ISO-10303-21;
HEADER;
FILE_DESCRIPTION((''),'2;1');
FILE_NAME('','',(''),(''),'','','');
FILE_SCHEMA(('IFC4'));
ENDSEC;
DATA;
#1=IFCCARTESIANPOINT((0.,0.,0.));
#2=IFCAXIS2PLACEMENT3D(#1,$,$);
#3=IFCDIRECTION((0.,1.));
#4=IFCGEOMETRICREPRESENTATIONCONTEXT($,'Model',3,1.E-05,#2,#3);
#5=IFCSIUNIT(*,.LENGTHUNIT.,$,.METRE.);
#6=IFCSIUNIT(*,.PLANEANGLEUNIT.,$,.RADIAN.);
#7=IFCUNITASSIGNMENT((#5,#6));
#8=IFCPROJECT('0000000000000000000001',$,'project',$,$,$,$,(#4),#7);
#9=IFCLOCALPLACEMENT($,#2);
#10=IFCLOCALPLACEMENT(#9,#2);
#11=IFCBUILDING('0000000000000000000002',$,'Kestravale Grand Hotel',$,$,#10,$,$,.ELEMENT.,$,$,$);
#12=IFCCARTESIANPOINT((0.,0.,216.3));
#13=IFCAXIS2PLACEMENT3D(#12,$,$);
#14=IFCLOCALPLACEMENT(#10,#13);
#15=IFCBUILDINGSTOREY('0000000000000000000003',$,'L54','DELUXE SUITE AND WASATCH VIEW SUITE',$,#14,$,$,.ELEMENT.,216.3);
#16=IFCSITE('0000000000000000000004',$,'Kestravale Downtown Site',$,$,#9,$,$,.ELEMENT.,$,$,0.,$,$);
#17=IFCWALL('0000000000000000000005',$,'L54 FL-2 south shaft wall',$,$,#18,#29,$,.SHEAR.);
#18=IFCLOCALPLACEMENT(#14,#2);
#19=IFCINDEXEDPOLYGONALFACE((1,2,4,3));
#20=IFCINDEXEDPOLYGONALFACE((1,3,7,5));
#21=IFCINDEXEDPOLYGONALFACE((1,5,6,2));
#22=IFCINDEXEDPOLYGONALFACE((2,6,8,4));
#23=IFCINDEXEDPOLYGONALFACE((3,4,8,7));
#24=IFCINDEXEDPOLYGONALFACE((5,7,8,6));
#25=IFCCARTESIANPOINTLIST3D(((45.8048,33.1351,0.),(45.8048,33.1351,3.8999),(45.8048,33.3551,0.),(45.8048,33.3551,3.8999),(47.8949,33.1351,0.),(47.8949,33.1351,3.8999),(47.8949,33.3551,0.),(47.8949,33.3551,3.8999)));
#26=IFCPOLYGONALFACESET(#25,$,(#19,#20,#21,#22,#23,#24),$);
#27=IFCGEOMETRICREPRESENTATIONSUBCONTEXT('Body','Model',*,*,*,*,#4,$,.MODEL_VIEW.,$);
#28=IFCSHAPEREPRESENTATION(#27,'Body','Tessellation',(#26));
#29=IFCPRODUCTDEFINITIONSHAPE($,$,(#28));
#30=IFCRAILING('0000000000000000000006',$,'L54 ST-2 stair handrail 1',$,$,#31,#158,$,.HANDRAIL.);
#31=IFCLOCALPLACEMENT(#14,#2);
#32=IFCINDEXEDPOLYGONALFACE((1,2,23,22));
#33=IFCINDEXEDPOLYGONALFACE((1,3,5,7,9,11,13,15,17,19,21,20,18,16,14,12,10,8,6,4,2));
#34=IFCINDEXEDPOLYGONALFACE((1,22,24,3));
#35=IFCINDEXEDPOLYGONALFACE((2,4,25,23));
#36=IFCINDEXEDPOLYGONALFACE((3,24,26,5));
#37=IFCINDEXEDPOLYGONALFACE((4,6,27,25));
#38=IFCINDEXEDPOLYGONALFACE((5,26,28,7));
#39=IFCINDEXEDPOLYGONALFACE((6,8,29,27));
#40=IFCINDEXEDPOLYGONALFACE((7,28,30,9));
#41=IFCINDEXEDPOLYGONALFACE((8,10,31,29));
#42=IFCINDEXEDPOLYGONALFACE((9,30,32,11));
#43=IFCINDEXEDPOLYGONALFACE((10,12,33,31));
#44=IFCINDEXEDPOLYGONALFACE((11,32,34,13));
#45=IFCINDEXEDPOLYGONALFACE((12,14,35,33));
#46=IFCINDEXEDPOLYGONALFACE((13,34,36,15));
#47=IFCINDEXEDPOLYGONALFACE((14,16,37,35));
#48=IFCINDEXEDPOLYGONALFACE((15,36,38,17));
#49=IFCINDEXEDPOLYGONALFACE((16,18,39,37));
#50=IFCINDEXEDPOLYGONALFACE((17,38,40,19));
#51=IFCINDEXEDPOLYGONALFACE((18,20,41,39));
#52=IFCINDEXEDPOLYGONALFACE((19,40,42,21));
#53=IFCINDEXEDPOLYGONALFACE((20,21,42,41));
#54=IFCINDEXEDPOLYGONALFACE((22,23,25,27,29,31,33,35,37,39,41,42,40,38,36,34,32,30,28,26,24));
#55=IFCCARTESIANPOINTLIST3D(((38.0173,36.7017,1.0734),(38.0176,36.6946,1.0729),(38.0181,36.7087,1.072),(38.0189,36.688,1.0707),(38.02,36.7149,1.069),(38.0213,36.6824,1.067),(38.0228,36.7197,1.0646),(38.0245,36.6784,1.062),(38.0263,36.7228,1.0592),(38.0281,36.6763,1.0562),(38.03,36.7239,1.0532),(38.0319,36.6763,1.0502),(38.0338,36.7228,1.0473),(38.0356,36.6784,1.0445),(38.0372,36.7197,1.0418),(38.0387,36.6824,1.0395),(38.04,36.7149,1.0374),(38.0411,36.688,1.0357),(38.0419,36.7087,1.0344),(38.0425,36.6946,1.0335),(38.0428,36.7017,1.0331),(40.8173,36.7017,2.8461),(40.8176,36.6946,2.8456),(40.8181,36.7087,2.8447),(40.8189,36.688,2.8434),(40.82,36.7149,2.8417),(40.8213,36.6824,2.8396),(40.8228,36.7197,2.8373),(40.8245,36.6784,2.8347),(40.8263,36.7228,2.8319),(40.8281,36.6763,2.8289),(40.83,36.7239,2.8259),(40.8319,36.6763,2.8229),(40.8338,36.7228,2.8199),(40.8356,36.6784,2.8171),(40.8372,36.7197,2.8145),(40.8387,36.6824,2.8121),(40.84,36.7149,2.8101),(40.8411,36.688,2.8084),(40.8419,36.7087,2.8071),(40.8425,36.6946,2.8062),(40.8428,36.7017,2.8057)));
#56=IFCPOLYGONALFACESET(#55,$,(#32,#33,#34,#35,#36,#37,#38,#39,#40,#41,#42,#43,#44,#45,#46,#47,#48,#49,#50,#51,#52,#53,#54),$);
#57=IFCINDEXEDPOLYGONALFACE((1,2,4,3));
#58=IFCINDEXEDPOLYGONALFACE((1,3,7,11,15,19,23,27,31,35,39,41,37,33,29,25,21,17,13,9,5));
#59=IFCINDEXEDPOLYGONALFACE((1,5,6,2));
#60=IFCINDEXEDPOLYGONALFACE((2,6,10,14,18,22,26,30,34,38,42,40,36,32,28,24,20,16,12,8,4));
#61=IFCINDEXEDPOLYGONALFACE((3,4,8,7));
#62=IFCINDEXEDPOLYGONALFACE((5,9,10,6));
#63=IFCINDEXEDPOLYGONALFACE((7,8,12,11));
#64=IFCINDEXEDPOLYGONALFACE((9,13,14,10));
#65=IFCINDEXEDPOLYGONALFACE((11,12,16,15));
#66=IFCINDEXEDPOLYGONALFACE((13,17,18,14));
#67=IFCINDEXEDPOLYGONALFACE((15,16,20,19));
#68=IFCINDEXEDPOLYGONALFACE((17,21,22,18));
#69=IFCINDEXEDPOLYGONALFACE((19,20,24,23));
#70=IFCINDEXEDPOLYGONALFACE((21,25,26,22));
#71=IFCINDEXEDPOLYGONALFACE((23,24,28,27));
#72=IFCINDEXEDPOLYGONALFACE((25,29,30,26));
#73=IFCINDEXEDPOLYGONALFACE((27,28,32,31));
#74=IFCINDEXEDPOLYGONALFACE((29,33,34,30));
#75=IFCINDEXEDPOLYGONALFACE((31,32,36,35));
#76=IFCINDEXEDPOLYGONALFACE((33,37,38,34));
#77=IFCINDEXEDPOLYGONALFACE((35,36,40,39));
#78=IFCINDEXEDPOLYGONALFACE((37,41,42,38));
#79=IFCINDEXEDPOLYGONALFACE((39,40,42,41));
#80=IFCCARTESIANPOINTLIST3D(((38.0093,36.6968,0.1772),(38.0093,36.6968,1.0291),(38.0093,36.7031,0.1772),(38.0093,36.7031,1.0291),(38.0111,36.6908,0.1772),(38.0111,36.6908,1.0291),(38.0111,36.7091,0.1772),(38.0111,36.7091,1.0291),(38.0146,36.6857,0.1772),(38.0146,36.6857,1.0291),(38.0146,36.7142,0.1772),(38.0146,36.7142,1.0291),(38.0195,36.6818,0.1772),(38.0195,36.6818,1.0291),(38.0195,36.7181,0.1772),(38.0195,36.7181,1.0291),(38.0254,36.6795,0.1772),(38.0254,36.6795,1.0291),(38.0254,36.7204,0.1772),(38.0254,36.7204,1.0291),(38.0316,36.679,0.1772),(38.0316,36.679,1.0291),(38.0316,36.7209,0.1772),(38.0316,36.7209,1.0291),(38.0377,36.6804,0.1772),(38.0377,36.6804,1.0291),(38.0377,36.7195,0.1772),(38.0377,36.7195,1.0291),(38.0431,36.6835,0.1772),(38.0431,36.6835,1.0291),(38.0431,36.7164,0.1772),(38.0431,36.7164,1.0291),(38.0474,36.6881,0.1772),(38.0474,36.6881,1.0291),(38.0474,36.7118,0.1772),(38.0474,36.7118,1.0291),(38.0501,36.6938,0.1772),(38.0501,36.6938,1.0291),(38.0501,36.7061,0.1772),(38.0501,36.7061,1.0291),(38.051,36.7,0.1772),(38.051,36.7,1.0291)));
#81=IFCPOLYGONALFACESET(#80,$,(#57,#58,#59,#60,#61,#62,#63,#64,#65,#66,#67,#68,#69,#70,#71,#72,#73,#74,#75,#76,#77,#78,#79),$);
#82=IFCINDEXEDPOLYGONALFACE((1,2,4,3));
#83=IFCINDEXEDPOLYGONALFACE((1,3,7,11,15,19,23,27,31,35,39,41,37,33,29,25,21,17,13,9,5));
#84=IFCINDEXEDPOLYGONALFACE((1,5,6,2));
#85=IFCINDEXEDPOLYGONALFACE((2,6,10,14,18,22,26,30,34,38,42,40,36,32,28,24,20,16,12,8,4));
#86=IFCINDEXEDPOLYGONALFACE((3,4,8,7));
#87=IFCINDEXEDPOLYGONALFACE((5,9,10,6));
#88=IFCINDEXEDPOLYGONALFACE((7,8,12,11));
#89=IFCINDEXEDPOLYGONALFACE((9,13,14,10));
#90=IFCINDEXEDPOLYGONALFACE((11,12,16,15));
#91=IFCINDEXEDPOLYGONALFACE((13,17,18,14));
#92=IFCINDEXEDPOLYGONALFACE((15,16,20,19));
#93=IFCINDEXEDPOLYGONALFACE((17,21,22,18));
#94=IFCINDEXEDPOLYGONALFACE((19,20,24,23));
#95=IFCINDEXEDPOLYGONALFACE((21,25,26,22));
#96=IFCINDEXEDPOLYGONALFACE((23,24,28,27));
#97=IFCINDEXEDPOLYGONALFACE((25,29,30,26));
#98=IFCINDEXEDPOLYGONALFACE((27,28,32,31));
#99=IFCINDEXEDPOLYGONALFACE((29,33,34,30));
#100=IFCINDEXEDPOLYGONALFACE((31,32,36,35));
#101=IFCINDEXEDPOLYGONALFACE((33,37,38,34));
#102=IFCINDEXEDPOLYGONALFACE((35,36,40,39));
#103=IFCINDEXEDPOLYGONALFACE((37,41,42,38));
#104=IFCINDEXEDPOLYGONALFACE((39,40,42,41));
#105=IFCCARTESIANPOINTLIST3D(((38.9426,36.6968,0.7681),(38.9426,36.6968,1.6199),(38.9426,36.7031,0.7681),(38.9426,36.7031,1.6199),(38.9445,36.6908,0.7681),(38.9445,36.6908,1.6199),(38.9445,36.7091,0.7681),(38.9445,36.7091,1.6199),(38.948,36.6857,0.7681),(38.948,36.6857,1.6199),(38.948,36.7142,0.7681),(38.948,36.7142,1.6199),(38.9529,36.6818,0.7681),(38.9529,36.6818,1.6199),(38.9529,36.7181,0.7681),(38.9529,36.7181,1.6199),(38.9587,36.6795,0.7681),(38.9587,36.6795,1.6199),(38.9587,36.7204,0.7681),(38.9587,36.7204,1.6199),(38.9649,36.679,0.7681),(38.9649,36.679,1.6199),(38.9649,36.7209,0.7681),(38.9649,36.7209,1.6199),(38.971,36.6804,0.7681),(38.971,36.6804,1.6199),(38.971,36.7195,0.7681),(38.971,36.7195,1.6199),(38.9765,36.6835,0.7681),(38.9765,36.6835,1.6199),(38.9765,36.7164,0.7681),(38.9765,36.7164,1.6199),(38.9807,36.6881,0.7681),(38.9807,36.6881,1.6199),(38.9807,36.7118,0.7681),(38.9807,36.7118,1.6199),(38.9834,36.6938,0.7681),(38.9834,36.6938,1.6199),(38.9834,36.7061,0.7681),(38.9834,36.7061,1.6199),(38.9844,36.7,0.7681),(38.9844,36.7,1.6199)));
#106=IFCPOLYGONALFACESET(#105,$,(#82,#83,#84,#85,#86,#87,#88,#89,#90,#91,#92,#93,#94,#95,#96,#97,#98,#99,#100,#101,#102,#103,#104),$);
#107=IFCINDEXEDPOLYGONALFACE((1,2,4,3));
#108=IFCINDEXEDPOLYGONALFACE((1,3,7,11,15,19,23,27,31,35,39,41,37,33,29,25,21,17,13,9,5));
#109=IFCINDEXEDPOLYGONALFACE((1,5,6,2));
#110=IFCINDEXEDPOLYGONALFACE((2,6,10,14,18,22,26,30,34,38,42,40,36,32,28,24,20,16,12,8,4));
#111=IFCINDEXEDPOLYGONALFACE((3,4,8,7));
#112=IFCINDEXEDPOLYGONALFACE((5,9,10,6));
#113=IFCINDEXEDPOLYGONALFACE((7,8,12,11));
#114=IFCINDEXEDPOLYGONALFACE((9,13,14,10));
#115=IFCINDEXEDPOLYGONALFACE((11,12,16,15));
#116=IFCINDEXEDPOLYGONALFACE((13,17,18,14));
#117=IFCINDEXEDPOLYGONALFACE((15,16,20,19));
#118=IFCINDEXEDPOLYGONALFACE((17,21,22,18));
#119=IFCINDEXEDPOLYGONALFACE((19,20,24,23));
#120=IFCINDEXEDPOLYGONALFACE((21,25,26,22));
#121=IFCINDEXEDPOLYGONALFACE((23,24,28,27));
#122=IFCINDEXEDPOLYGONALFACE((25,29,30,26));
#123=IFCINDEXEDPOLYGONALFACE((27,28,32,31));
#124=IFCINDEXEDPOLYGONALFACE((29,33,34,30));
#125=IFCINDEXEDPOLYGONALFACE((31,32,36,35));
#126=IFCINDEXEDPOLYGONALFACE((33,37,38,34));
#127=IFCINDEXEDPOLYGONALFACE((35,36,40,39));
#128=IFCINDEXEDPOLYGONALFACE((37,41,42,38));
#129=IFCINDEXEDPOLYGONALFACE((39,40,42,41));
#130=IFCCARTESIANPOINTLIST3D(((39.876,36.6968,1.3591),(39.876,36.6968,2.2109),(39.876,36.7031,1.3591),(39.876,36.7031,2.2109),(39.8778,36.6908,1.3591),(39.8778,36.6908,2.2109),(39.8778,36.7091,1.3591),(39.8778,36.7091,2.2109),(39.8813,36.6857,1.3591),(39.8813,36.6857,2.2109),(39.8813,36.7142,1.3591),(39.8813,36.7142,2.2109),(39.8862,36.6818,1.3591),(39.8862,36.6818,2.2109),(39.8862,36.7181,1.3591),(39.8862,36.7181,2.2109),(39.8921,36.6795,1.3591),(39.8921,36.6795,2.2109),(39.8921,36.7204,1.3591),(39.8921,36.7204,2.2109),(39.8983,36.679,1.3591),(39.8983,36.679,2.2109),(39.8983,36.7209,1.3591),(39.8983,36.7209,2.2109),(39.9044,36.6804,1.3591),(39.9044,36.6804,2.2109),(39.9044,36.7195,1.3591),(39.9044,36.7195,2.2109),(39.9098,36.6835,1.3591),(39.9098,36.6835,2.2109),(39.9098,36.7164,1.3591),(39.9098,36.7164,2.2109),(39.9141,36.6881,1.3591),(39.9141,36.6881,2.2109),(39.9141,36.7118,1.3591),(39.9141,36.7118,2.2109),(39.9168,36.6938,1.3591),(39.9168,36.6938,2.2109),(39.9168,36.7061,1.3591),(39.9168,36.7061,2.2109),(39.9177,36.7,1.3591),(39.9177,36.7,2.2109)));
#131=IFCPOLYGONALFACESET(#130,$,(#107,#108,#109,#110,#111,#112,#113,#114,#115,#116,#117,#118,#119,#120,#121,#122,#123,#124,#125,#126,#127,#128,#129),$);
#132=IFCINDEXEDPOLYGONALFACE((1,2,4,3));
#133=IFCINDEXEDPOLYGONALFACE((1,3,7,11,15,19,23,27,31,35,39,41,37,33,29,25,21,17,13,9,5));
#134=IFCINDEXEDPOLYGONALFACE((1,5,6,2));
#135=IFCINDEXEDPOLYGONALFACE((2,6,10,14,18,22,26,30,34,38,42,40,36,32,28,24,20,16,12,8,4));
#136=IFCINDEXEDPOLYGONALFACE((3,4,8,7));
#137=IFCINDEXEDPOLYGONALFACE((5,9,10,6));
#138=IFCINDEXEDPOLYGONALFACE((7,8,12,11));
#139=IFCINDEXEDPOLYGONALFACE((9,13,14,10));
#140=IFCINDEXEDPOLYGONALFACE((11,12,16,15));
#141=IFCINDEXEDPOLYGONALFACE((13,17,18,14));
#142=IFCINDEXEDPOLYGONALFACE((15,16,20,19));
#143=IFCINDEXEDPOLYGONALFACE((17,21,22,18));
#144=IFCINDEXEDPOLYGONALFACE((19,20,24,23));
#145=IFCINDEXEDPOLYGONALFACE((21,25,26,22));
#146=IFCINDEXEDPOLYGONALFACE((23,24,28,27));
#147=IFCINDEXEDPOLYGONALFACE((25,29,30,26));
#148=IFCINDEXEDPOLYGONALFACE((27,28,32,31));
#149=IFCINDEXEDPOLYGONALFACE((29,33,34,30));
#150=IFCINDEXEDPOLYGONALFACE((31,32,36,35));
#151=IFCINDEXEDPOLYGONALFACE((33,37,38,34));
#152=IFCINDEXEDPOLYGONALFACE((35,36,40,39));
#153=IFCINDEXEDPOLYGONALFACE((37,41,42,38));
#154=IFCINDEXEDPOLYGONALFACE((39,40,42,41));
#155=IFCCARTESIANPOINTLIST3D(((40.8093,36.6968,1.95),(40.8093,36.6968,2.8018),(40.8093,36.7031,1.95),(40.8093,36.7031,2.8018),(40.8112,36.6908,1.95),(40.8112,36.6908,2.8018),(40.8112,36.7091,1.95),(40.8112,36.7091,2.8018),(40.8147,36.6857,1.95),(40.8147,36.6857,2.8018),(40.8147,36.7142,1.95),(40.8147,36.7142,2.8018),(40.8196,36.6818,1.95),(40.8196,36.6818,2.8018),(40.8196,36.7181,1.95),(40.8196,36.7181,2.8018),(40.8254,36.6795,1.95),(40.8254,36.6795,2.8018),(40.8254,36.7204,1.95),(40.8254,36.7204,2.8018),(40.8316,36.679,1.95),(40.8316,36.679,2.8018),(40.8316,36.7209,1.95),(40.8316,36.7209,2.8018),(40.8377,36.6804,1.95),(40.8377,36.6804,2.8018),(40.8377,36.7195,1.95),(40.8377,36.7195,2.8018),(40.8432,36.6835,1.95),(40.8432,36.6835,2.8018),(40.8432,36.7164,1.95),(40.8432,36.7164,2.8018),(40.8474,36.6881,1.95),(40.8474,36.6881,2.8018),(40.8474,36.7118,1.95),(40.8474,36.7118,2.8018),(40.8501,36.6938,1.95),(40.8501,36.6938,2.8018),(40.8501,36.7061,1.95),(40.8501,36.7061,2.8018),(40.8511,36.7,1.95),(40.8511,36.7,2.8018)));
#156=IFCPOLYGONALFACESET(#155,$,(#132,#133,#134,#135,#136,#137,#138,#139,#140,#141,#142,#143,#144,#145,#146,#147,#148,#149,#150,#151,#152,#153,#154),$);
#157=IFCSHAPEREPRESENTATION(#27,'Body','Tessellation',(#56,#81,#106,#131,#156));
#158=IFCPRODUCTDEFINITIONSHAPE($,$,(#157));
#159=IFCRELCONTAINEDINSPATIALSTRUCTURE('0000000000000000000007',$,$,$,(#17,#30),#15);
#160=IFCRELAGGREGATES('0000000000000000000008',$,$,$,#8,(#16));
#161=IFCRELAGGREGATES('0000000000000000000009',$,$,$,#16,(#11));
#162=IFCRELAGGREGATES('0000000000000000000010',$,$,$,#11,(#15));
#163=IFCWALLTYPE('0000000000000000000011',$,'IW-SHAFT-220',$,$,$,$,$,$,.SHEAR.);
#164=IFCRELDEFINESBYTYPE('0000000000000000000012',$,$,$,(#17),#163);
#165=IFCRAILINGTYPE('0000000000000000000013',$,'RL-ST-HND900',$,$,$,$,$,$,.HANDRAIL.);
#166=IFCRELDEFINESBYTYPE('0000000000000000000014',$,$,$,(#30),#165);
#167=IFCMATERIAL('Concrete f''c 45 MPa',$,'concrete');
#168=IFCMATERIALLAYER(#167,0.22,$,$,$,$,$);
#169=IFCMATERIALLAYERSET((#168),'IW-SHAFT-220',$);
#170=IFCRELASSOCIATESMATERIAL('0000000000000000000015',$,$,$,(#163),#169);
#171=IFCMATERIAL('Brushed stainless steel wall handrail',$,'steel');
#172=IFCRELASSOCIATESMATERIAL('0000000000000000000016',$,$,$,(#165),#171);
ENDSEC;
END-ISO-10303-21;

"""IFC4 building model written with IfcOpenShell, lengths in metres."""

from ifc_helpers import new_model, si_unit, direction, frame, frame_2d, origin, origin_2d, place, context, subcontext, project, spatial, rectangle, circle, extrude, material, layer, layer_set, type_object, element, save


model = new_model("IFC4")

# Units and contexts
model_context = context("Model", 3, precision=1e-05, world=origin(), true_north=direction((0.0, 1.0)))
body_context = subcontext(model_context, "Body", "Model", "MODEL_VIEW")
ifc_project = project(units=[si_unit("LENGTHUNIT", "METRE"), si_unit("PLANEANGLEUNIT", "RADIAN")], contexts=[model_context])

# Site, building, storey
site_placement = place(None, origin())
site = spatial("IfcSite", under=ifc_project, at=site_placement, Name="Kestravale Downtown Site", CompositionType="ELEMENT", RefElevation=0.0)
building_placement = place(site_placement, origin())
building = spatial("IfcBuilding", under=site, at=building_placement, Name="Kestravale Grand Hotel", CompositionType="ELEMENT")
storey_placement = place(building_placement, frame((0.0, 0.0, 216.3)))
storey = spatial("IfcBuildingStorey", under=building, at=storey_placement, Name="L54", Description="DELUXE SUITE AND WASATCH VIEW SUITE", CompositionType="ELEMENT", Elevation=216.3)

# Shared definitions
ifc_material_1 = material(Name="Concrete f'c 45 MPa", Category="concrete")
ifc_layer_1 = layer(ifc_material_1, 0.22)
ifc_layer_set_1 = layer_set([ifc_layer_1], Name="IW-SHAFT-220")
wall_type_1 = type_object("IfcWallType", Name="IW-SHAFT-220", PredefinedType="SHEAR", material=ifc_layer_set_1)

# Wall
wall_1_placement = place(storey_placement, frame((45.8049, 33.2451, 0.0), z_axis=(0.0, 0.0, 1.0), x_axis=(1.0, 0.0, 0.0)))
element("IfcWall", 1, at=wall_1_placement, inside=storey, type_object=wall_type_1, Name="L54 FL-2 south shaft wall", PredefinedType="SHEAR", context=body_context, shape_type="SweptSolid", body=[
    extrude(rectangle(XDim=2.0901, YDim=0.22, at=frame_2d((1.0449, 0.0))), origin(), (0.0, 0.0, 1.0), 3.8999),
])

# Railing
ifc_material_2 = material(Name="Brushed stainless steel wall handrail", Category="steel")
railing_type = type_object("IfcRailingType", Name="RL-ST-HND900", PredefinedType="HANDRAIL", material=ifc_material_2)
railing_placement = place(storey_placement, frame((38.03, 36.7, 0.1772)))
element("IfcRailing", 2, at=railing_placement, inside=storey, type_object=railing_type, Name="L54 ST-2 stair handrail 1", PredefinedType="HANDRAIL", context=body_context, shape_type="SweptSolid", body=[
    extrude(circle(Radius=0.0239, at=origin_2d()), frame((0.0, 0.0, 0.876), z_axis=(0.844909, 0.0, 0.53491), x_axis=(0.0, 1.0, 0.0)), (0.0, 0.0, 1.0), 3.314),
    extrude(circle(Radius=0.021, at=origin_2d()), origin(), (0.0, 0.0, 1.0), 0.8518),
    extrude(circle(Radius=0.021, at=origin_2d()), frame((0.9333, 0.0, 0.5908)), (0.0, 0.0, 1.0), 0.8518),
    extrude(circle(Radius=0.021, at=origin_2d()), frame((1.8667, 0.0, 1.1819)), (0.0, 0.0, 1.0), 0.8518),
    extrude(circle(Radius=0.021, at=origin_2d()), frame((2.8, 0.0, 1.7727)), (0.0, 0.0, 1.0), 0.8518),
])

save(model, "model.ifc")
